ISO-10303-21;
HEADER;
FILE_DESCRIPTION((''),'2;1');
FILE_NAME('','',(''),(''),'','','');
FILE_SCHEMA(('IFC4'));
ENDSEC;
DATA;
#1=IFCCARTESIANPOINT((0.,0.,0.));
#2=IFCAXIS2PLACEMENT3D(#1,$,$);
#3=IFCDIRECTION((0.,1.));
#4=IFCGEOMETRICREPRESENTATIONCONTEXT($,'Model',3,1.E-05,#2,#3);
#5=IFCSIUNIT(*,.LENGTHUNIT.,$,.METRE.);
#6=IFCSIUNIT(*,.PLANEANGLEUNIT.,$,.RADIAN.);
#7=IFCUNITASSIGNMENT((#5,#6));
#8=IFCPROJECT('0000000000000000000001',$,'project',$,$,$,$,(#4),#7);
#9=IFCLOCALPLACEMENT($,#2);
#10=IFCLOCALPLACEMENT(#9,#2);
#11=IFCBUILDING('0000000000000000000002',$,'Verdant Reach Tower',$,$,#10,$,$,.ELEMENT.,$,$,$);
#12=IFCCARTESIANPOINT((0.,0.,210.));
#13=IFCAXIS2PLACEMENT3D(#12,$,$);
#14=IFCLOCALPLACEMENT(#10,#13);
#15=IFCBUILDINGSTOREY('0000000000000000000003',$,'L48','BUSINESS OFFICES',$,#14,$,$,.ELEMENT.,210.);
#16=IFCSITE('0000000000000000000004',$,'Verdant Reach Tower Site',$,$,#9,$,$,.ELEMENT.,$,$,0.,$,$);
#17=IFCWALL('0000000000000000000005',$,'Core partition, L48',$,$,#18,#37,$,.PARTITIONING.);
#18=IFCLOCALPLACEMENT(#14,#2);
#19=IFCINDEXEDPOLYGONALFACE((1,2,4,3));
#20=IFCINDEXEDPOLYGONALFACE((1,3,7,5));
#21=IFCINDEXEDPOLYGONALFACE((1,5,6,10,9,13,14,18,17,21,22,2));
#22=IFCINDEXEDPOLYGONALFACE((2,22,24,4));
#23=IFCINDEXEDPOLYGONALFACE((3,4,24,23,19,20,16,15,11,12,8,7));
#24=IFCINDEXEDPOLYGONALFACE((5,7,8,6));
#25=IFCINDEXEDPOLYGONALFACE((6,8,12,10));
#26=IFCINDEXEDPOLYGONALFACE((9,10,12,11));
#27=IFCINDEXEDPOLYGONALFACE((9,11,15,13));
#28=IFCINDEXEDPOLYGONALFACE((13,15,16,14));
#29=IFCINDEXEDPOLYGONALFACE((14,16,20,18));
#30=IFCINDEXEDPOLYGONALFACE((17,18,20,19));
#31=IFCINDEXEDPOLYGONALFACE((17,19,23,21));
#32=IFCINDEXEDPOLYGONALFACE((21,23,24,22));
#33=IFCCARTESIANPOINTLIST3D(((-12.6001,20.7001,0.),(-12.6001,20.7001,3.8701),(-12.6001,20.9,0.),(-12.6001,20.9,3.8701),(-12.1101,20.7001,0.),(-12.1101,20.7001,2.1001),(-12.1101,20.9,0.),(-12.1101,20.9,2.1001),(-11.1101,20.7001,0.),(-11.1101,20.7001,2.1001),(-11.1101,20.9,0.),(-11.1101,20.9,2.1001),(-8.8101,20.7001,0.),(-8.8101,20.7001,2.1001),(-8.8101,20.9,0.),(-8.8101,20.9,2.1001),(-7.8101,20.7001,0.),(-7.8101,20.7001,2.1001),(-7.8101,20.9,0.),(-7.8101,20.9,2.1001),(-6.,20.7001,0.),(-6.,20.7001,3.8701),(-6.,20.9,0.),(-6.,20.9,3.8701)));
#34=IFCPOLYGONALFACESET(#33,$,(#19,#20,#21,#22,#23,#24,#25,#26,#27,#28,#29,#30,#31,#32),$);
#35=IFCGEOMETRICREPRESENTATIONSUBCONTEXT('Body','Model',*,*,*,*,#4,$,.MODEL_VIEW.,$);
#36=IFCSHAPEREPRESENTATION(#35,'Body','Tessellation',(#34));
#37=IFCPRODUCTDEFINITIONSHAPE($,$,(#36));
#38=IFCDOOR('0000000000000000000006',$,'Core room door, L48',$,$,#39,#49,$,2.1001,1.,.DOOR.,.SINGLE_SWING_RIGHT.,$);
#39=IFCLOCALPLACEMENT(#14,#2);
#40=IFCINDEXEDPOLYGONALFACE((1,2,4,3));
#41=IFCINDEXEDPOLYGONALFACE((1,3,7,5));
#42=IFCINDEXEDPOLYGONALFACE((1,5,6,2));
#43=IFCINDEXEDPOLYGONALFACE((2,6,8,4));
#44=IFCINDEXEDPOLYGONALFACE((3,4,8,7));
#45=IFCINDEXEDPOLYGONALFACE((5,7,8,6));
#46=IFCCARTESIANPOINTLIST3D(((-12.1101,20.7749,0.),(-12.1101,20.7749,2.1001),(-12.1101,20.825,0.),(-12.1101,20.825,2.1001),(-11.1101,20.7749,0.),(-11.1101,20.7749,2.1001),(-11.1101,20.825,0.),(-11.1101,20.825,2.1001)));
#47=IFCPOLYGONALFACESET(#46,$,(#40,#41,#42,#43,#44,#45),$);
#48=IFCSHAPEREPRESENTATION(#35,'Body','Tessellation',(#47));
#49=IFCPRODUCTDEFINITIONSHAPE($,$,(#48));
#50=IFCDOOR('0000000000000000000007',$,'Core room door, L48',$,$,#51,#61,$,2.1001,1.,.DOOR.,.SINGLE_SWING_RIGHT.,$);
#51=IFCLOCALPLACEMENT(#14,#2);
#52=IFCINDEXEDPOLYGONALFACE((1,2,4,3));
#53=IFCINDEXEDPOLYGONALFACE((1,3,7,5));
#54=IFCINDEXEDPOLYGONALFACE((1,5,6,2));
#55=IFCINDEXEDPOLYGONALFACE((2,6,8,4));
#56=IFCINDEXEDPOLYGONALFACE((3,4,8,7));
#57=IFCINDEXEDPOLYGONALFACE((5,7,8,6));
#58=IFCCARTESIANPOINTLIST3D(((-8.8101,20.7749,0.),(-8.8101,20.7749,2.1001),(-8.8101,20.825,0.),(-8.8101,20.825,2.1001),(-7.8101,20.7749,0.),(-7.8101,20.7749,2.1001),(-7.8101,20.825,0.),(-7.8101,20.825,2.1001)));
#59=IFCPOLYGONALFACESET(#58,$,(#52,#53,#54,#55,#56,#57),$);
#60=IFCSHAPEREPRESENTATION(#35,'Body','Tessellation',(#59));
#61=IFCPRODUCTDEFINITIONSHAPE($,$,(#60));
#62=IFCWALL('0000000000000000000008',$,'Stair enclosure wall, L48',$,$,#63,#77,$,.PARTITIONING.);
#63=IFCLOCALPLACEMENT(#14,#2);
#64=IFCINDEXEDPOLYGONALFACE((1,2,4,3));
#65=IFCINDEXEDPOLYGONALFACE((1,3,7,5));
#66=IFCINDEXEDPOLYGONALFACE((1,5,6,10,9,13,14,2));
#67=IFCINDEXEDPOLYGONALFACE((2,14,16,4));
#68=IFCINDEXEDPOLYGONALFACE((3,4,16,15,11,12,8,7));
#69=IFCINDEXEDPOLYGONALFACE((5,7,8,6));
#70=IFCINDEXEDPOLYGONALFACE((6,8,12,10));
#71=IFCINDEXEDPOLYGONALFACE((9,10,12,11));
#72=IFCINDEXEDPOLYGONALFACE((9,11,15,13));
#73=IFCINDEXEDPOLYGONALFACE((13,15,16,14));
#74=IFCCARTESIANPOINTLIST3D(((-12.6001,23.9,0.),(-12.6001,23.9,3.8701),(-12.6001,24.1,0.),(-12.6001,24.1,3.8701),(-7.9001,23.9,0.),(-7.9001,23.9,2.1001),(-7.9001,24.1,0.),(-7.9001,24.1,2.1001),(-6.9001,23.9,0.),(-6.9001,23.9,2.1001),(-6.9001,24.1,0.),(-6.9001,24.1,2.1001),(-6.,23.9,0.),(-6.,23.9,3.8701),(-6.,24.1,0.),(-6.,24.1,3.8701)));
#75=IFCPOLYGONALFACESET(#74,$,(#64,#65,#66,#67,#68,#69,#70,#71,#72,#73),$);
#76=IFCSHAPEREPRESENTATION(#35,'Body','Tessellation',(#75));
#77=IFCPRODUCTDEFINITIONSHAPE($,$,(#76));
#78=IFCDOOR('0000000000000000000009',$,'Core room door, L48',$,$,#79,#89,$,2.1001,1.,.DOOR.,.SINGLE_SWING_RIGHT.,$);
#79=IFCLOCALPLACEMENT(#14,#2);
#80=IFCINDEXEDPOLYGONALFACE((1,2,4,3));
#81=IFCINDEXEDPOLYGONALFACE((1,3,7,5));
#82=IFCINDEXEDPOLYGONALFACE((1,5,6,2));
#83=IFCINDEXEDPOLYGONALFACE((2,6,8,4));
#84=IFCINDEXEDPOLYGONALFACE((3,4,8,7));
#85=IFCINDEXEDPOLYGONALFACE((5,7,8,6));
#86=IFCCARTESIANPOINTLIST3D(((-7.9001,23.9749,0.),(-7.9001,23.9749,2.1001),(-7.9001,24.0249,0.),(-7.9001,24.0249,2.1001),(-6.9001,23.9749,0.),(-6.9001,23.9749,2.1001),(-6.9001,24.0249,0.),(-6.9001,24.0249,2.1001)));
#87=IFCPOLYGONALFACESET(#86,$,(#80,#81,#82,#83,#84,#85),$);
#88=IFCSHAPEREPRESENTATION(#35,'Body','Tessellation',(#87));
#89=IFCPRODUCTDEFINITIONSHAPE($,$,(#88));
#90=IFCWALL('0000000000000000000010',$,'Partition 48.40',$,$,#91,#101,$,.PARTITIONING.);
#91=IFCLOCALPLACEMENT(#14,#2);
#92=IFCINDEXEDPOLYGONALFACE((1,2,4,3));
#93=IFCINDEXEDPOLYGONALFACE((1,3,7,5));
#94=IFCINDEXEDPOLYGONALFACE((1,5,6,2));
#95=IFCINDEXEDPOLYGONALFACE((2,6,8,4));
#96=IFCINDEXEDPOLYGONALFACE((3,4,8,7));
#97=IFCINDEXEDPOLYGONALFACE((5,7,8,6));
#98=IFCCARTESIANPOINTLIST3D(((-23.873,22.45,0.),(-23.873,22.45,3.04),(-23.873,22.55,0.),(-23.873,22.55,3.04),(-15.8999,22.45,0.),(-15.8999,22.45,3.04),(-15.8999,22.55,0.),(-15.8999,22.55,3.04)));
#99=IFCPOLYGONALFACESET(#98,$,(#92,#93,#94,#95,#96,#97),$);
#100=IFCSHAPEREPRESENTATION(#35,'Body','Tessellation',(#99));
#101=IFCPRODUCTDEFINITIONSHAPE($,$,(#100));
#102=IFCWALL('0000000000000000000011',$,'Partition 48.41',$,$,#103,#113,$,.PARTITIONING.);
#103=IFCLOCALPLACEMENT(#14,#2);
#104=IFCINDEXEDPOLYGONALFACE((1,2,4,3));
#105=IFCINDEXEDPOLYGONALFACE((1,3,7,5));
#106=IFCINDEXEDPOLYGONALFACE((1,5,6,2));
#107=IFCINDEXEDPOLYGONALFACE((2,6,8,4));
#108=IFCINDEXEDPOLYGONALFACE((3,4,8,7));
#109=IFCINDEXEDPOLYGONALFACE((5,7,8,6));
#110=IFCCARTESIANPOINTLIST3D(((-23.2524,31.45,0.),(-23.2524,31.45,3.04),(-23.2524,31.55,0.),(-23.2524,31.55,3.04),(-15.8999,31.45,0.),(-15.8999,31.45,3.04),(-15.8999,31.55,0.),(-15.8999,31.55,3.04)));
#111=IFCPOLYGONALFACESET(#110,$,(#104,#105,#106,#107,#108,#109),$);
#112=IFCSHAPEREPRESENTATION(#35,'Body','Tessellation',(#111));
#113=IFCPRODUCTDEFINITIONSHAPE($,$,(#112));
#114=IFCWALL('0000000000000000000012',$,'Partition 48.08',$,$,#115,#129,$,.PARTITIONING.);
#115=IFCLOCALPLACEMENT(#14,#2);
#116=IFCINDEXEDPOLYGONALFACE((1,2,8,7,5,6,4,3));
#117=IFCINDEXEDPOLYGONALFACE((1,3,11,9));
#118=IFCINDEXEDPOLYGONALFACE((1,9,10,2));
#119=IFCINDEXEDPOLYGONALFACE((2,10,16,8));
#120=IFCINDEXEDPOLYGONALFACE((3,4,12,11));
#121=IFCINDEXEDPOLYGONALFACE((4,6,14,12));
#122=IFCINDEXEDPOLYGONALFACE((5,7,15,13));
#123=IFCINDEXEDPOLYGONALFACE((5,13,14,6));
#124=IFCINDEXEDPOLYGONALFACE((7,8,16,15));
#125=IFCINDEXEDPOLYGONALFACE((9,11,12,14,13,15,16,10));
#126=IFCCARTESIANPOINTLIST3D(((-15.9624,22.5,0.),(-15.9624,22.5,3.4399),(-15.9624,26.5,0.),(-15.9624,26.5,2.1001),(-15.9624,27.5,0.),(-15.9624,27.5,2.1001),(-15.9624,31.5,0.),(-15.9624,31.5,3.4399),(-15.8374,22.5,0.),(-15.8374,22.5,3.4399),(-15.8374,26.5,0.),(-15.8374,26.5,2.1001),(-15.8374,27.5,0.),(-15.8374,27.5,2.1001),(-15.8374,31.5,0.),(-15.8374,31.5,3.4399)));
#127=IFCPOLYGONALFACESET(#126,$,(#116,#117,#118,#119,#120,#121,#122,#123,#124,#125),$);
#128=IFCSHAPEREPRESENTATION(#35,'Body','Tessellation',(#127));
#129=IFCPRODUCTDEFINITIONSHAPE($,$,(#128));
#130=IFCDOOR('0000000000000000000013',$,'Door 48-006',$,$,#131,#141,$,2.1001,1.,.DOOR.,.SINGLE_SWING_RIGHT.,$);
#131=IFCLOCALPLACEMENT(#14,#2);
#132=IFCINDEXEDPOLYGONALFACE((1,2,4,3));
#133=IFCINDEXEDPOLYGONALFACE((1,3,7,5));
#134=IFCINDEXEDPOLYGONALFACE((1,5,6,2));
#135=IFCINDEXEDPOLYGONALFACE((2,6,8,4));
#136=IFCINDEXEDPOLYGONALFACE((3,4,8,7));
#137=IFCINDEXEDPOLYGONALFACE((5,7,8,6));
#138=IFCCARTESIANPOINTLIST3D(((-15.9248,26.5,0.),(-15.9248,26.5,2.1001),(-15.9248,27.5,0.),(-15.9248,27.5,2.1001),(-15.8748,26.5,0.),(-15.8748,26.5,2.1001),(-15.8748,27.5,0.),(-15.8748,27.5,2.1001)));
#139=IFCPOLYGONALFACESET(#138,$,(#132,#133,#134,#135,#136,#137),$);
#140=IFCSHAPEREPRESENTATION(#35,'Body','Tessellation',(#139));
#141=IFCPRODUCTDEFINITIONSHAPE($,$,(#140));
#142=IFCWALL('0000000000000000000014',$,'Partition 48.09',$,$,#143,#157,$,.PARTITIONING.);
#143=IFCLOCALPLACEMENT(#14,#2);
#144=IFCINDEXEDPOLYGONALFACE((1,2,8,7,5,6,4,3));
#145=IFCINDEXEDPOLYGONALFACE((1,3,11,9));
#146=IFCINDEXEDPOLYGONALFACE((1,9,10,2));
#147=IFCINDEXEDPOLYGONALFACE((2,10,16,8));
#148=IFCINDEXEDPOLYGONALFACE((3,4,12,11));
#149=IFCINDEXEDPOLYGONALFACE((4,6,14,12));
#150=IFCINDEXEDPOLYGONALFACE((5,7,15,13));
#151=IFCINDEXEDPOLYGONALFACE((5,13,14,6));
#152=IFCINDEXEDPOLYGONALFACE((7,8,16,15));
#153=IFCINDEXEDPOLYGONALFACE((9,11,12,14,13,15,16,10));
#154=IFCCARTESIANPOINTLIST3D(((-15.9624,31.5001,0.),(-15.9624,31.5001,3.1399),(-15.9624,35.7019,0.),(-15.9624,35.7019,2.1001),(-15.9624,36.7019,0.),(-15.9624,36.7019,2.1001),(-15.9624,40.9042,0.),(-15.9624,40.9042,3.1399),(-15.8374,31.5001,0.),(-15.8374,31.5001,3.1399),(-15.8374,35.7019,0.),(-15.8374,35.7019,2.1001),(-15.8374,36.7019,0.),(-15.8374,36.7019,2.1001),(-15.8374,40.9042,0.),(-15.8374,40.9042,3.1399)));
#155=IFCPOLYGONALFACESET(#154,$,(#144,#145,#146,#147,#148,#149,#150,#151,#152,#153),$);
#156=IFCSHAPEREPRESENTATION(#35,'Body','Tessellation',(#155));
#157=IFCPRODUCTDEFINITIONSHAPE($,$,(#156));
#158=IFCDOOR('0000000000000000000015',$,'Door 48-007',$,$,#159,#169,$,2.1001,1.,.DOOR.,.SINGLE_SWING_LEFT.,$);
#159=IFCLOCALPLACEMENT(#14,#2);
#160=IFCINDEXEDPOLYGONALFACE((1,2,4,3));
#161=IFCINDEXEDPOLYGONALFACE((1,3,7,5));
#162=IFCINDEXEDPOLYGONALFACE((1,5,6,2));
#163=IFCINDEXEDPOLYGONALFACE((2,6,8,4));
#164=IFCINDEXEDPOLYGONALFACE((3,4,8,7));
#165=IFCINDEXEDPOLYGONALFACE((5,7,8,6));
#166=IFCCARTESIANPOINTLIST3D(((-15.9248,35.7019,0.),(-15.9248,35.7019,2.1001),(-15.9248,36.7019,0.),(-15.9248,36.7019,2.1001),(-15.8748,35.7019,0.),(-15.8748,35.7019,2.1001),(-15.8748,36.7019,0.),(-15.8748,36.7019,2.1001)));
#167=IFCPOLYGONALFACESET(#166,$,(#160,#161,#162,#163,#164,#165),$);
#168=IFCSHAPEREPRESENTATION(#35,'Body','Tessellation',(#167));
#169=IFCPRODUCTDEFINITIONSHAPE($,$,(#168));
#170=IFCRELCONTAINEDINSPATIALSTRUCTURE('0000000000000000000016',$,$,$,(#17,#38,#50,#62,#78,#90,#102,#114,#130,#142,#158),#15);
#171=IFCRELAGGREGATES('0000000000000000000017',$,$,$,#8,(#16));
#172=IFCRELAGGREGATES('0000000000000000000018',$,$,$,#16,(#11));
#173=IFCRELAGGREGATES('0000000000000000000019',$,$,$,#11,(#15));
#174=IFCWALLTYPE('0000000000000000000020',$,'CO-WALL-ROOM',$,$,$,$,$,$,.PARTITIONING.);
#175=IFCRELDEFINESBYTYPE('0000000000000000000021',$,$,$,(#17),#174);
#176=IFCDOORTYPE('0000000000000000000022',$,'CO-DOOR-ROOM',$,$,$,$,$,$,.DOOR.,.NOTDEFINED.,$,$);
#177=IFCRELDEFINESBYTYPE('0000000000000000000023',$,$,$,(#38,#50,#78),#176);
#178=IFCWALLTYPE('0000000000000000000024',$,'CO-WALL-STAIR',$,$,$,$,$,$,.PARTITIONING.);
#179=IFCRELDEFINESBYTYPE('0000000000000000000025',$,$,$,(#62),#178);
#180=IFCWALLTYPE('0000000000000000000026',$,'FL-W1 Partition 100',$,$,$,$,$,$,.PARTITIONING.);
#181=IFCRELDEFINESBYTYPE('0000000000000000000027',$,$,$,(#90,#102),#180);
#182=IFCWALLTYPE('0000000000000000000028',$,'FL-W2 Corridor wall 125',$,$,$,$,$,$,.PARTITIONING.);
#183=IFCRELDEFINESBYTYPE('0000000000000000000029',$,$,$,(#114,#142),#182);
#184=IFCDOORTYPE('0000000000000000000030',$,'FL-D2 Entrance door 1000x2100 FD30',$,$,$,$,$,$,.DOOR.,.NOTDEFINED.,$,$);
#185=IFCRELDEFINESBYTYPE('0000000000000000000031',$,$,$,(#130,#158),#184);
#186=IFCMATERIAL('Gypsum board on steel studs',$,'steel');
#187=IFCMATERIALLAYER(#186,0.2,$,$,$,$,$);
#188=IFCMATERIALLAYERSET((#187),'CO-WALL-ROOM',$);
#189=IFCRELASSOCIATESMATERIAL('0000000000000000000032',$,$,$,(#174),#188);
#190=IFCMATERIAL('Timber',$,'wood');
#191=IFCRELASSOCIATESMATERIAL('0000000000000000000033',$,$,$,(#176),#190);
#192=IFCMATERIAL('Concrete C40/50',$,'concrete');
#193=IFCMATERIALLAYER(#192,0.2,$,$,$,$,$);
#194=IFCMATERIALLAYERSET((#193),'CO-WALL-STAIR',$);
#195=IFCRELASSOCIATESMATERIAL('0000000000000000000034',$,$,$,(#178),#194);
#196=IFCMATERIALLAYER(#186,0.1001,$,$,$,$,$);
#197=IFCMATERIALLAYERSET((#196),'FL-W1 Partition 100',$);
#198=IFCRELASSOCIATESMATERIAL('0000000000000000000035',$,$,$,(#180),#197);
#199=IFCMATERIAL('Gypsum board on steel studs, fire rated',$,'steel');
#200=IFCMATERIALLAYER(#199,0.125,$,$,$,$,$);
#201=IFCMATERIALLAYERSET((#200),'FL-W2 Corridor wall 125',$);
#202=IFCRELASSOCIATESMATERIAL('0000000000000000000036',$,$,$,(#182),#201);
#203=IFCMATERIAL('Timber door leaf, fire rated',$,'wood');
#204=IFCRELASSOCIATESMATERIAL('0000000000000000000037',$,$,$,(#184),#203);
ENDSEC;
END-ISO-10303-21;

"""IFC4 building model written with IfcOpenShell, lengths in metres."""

from ifc_helpers import new_model, si_unit, direction, frame, frame_2d, origin, place, context, subcontext, project, spatial, rectangle, extrude, material, layer, layer_set, type_object, element, fill, save


model = new_model("IFC4")

# Units and contexts
model_context = context("Model", 3, precision=1e-05, world=origin(), true_north=direction((0.0, 1.0)))
body_context = subcontext(model_context, "Body", "Model", "MODEL_VIEW")
ifc_project = project(units=[si_unit("LENGTHUNIT", "METRE"), si_unit("PLANEANGLEUNIT", "RADIAN")], contexts=[model_context])

# Site, building, storey
site_placement = place(None, origin())
site = spatial("IfcSite", under=ifc_project, at=site_placement, Name="Verdant Reach Tower Site", CompositionType="ELEMENT", RefElevation=0.0)
building_placement = place(site_placement, origin())
building = spatial("IfcBuilding", under=site, at=building_placement, Name="Verdant Reach Tower", CompositionType="ELEMENT")
storey_placement = place(building_placement, frame((0.0, 0.0, 210.0)))
storey = spatial("IfcBuildingStorey", under=building, at=storey_placement, Name="L48", Description="BUSINESS OFFICES", CompositionType="ELEMENT", Elevation=210.0)

# Wall, openings, doors
ifc_material_1 = material(Name="Gypsum board on steel studs", Category="steel")
ifc_layer_1 = layer(ifc_material_1, 0.2)
ifc_layer_set_1 = layer_set([ifc_layer_1], Name="CO-WALL-ROOM")
wall_type_1 = type_object("IfcWallType", Name="CO-WALL-ROOM", PredefinedType="PARTITIONING", material=ifc_layer_set_1)
wall_1_placement = place(storey_placement, frame((-12.6001, 20.8, 0.0), z_axis=(0.0, 0.0, 1.0), x_axis=(1.0, 0.0, 0.0)))
wall_1 = element("IfcWall", 1, at=wall_1_placement, inside=storey, type_object=wall_type_1, Name="Core partition, L48", PredefinedType="PARTITIONING", context=body_context, shape_type="SweptSolid", body=[
    extrude(rectangle(XDim=6.6001, YDim=0.2, at=frame_2d((3.3, 0.0))), origin(), (0.0, 0.0, 1.0), 3.8701),
])
opening_1_placement = place(wall_1_placement, frame((0.49, 0.0, 0.0)))
opening_1 = element("IfcOpeningElement", 2, at=opening_1_placement, cuts=wall_1, PredefinedType="OPENING", context=body_context, shape_type="SweptSolid", body=[
    extrude(rectangle(XDim=1.0, YDim=2.1001, at=frame_2d((0.5, 1.05))), frame((0.0, 0.1099, 0.0), z_axis=(0.0, -1.0, 0.0), x_axis=(1.0, 0.0, 0.0)), (0.0, 0.0, 1.0), 0.22),
])
opening_2_placement = place(wall_1_placement, frame((3.79, 0.0, 0.0)))
opening_2 = element("IfcOpeningElement", 3, at=opening_2_placement, cuts=wall_1, PredefinedType="OPENING", context=body_context, shape_type="SweptSolid", body=[
    extrude(rectangle(XDim=1.0, YDim=2.1001, at=frame_2d((0.5, 1.05))), frame((0.0, 0.1099, 0.0), z_axis=(0.0, -1.0, 0.0), x_axis=(1.0, 0.0, 0.0)), (0.0, 0.0, 1.0), 0.22),
])
ifc_material_2 = material(Name="Timber", Category="wood")
door_type_1 = type_object("IfcDoorType", Name="CO-DOOR-ROOM", OperationType="NOTDEFINED", PredefinedType="DOOR", material=ifc_material_2)
door_1_placement = place(opening_1_placement, origin())
door_1 = element("IfcDoor", 4, at=door_1_placement, inside=storey, type_object=door_type_1, Name="Core room door, L48", OperationType="SINGLE_SWING_RIGHT", OverallHeight=2.1001, OverallWidth=1.0, PredefinedType="DOOR", context=body_context, shape_type="SweptSolid", body=[
    extrude(rectangle(XDim=1.0, YDim=2.1001, at=frame_2d((0.5, 1.05))), frame((0.0, 0.0249, 0.0), z_axis=(0.0, -1.0, 0.0), x_axis=(1.0, 0.0, 0.0)), (0.0, 0.0, 1.0), 0.05),
])
fill(opening_1, door_1)
door_2_placement = place(opening_2_placement, origin())
door_2 = element("IfcDoor", 5, at=door_2_placement, inside=storey, type_object=door_type_1, Name="Core room door, L48", OperationType="SINGLE_SWING_RIGHT", OverallHeight=2.1001, OverallWidth=1.0, PredefinedType="DOOR", context=body_context, shape_type="SweptSolid", body=[
    extrude(rectangle(XDim=1.0, YDim=2.1001, at=frame_2d((0.5, 1.05))), frame((0.0, 0.0249, 0.0), z_axis=(0.0, -1.0, 0.0), x_axis=(1.0, 0.0, 0.0)), (0.0, 0.0, 1.0), 0.05),
])
fill(opening_2, door_2)

# Wall, opening, door
ifc_material_3 = material(Name="Concrete C40/50", Category="concrete")
ifc_layer_2 = layer(ifc_material_3, 0.2)
ifc_layer_set_2 = layer_set([ifc_layer_2], Name="CO-WALL-STAIR")
wall_type_2 = type_object("IfcWallType", Name="CO-WALL-STAIR", PredefinedType="PARTITIONING", material=ifc_layer_set_2)
wall_2_placement = place(storey_placement, frame((-12.6001, 24.0, 0.0), z_axis=(0.0, 0.0, 1.0), x_axis=(1.0, 0.0, 0.0)))
wall_2 = element("IfcWall", 6, at=wall_2_placement, inside=storey, type_object=wall_type_2, Name="Stair enclosure wall, L48", PredefinedType="PARTITIONING", context=body_context, shape_type="SweptSolid", body=[
    extrude(rectangle(XDim=6.6001, YDim=0.2, at=frame_2d((3.3, 0.0))), origin(), (0.0, 0.0, 1.0), 3.8701),
])
opening_3_placement = place(wall_2_placement, frame((4.7, 0.0, 0.0)))
opening_3 = element("IfcOpeningElement", 7, at=opening_3_placement, cuts=wall_2, PredefinedType="OPENING", context=body_context, shape_type="SweptSolid", body=[
    extrude(rectangle(XDim=1.0, YDim=2.1001, at=frame_2d((0.5, 1.05))), frame((0.0, 0.1099, 0.0), z_axis=(0.0, -1.0, 0.0), x_axis=(1.0, 0.0, 0.0)), (0.0, 0.0, 1.0), 0.22),
])
door_3_placement = place(opening_3_placement, origin())
door_3 = element("IfcDoor", 8, at=door_3_placement, inside=storey, type_object=door_type_1, Name="Core room door, L48", OperationType="SINGLE_SWING_RIGHT", OverallHeight=2.1001, OverallWidth=1.0, PredefinedType="DOOR", context=body_context, shape_type="SweptSolid", body=[
    extrude(rectangle(XDim=1.0, YDim=2.1001, at=frame_2d((0.5, 1.05))), frame((0.0, 0.0249, 0.0), z_axis=(0.0, -1.0, 0.0), x_axis=(1.0, 0.0, 0.0)), (0.0, 0.0, 1.0), 0.05),
])
fill(opening_3, door_3)

# Walls
ifc_layer_3 = layer(ifc_material_1, 0.1001)
ifc_layer_set_3 = layer_set([ifc_layer_3], Name="FL-W1 Partition 100")
wall_type_3 = type_object("IfcWallType", Name="FL-W1 Partition 100", PredefinedType="PARTITIONING", material=ifc_layer_set_3)
wall_3_placement = place(storey_placement, frame((-15.8999, 22.5, 0.0), z_axis=(0.0, 0.0, 1.0), x_axis=(-1.0, 0.0, 0.0)))
element("IfcWall", 9, at=wall_3_placement, inside=storey, type_object=wall_type_3, Name="Partition 48.40", PredefinedType="PARTITIONING", context=body_context, shape_type="SweptSolid", body=[
    extrude(rectangle(XDim=7.9731, YDim=0.1001, at=frame_2d((3.9866, 0.0))), origin(), (0.0, 0.0, 1.0), 3.04),
])
wall_4_placement = place(storey_placement, frame((-15.8999, 31.5, 0.0), z_axis=(0.0, 0.0, 1.0), x_axis=(-1.0, 0.0, 0.0)))
element("IfcWall", 10, at=wall_4_placement, inside=storey, type_object=wall_type_3, Name="Partition 48.41", PredefinedType="PARTITIONING", context=body_context, shape_type="SweptSolid", body=[
    extrude(rectangle(XDim=7.3525, YDim=0.1001, at=frame_2d((3.6763, 0.0))), origin(), (0.0, 0.0, 1.0), 3.04),
])

# Walls, openings, doors
ifc_material_4 = material(Name="Gypsum board on steel studs, fire rated", Category="steel")
ifc_layer_4 = layer(ifc_material_4, 0.125)
ifc_layer_set_4 = layer_set([ifc_layer_4], Name="FL-W2 Corridor wall 125")
wall_type_4 = type_object("IfcWallType", Name="FL-W2 Corridor wall 125", PredefinedType="PARTITIONING", material=ifc_layer_set_4)
wall_5_placement = place(storey_placement, frame((-15.8999, 22.5, 0.0), z_axis=(0.0, 0.0, 1.0), x_axis=(0.0, 1.0, 0.0)))
wall_5 = element("IfcWall", 11, at=wall_5_placement, inside=storey, type_object=wall_type_4, Name="Partition 48.08", PredefinedType="PARTITIONING", context=body_context, shape_type="SweptSolid", body=[
    extrude(rectangle(XDim=9.0, YDim=0.125, at=frame_2d((4.5, 0.0))), origin(), (0.0, 0.0, 1.0), 3.4399),
])
opening_4_placement = place(wall_5_placement, frame((4.0, 0.0, 0.0)))
opening_4 = element("IfcOpeningElement", 12, at=opening_4_placement, cuts=wall_5, PredefinedType="OPENING", context=body_context, shape_type="SweptSolid", body=[
    extrude(rectangle(XDim=1.0, YDim=2.1001, at=frame_2d((0.5, 1.05))), frame((0.0, 0.0725, 0.0), z_axis=(0.0, -1.0, 0.0), x_axis=(1.0, 0.0, 0.0)), (0.0, 0.0, 1.0), 0.145),
])
ifc_material_5 = material(Name="Timber door leaf, fire rated", Category="wood")
door_type_2 = type_object("IfcDoorType", Name="FL-D2 Entrance door 1000x2100 FD30", OperationType="NOTDEFINED", PredefinedType="DOOR", material=ifc_material_5)
door_4_placement = place(opening_4_placement, origin())
door_4 = element("IfcDoor", 13, at=door_4_placement, inside=storey, type_object=door_type_2, Name="Door 48-006", OperationType="SINGLE_SWING_RIGHT", OverallHeight=2.1001, OverallWidth=1.0, PredefinedType="DOOR", context=body_context, shape_type="SweptSolid", body=[
    extrude(rectangle(XDim=1.0, YDim=2.1001, at=frame_2d((0.5, 1.05))), frame((0.0, 0.0249, 0.0), z_axis=(0.0, -1.0, 0.0), x_axis=(1.0, 0.0, 0.0)), (0.0, 0.0, 1.0), 0.05),
])
fill(opening_4, door_4)
wall_6_placement = place(storey_placement, frame((-15.8999, 31.5, 0.0), z_axis=(0.0, 0.0, 1.0), x_axis=(0.0, 1.0, 0.0)))
wall_6 = element("IfcWall", 14, at=wall_6_placement, inside=storey, type_object=wall_type_4, Name="Partition 48.09", PredefinedType="PARTITIONING", context=body_context, shape_type="SweptSolid", body=[
    extrude(rectangle(XDim=9.4041, YDim=0.125, at=frame_2d((4.7021, 0.0))), origin(), (0.0, 0.0, 1.0), 3.1399),
])
opening_5_placement = place(wall_6_placement, frame((4.2019, 0.0, 0.0)))
opening_5 = element("IfcOpeningElement", 15, at=opening_5_placement, cuts=wall_6, PredefinedType="OPENING", context=body_context, shape_type="SweptSolid", body=[
    extrude(rectangle(XDim=1.0, YDim=2.1001, at=frame_2d((0.5, 1.05))), frame((0.0, 0.0725, 0.0), z_axis=(0.0, -1.0, 0.0), x_axis=(1.0, 0.0, 0.0)), (0.0, 0.0, 1.0), 0.145),
])
door_5_placement = place(opening_5_placement, origin())
door_5 = element("IfcDoor", 16, at=door_5_placement, inside=storey, type_object=door_type_2, Name="Door 48-007", OperationType="SINGLE_SWING_LEFT", OverallHeight=2.1001, OverallWidth=1.0, PredefinedType="DOOR", context=body_context, shape_type="SweptSolid", body=[
    extrude(rectangle(XDim=1.0, YDim=2.1001, at=frame_2d((0.5, 1.05))), frame((0.0, 0.0249, 0.0), z_axis=(0.0, -1.0, 0.0), x_axis=(1.0, 0.0, 0.0)), (0.0, 0.0, 1.0), 0.05),
])
fill(opening_5, door_5)

save(model, "model.ifc")
